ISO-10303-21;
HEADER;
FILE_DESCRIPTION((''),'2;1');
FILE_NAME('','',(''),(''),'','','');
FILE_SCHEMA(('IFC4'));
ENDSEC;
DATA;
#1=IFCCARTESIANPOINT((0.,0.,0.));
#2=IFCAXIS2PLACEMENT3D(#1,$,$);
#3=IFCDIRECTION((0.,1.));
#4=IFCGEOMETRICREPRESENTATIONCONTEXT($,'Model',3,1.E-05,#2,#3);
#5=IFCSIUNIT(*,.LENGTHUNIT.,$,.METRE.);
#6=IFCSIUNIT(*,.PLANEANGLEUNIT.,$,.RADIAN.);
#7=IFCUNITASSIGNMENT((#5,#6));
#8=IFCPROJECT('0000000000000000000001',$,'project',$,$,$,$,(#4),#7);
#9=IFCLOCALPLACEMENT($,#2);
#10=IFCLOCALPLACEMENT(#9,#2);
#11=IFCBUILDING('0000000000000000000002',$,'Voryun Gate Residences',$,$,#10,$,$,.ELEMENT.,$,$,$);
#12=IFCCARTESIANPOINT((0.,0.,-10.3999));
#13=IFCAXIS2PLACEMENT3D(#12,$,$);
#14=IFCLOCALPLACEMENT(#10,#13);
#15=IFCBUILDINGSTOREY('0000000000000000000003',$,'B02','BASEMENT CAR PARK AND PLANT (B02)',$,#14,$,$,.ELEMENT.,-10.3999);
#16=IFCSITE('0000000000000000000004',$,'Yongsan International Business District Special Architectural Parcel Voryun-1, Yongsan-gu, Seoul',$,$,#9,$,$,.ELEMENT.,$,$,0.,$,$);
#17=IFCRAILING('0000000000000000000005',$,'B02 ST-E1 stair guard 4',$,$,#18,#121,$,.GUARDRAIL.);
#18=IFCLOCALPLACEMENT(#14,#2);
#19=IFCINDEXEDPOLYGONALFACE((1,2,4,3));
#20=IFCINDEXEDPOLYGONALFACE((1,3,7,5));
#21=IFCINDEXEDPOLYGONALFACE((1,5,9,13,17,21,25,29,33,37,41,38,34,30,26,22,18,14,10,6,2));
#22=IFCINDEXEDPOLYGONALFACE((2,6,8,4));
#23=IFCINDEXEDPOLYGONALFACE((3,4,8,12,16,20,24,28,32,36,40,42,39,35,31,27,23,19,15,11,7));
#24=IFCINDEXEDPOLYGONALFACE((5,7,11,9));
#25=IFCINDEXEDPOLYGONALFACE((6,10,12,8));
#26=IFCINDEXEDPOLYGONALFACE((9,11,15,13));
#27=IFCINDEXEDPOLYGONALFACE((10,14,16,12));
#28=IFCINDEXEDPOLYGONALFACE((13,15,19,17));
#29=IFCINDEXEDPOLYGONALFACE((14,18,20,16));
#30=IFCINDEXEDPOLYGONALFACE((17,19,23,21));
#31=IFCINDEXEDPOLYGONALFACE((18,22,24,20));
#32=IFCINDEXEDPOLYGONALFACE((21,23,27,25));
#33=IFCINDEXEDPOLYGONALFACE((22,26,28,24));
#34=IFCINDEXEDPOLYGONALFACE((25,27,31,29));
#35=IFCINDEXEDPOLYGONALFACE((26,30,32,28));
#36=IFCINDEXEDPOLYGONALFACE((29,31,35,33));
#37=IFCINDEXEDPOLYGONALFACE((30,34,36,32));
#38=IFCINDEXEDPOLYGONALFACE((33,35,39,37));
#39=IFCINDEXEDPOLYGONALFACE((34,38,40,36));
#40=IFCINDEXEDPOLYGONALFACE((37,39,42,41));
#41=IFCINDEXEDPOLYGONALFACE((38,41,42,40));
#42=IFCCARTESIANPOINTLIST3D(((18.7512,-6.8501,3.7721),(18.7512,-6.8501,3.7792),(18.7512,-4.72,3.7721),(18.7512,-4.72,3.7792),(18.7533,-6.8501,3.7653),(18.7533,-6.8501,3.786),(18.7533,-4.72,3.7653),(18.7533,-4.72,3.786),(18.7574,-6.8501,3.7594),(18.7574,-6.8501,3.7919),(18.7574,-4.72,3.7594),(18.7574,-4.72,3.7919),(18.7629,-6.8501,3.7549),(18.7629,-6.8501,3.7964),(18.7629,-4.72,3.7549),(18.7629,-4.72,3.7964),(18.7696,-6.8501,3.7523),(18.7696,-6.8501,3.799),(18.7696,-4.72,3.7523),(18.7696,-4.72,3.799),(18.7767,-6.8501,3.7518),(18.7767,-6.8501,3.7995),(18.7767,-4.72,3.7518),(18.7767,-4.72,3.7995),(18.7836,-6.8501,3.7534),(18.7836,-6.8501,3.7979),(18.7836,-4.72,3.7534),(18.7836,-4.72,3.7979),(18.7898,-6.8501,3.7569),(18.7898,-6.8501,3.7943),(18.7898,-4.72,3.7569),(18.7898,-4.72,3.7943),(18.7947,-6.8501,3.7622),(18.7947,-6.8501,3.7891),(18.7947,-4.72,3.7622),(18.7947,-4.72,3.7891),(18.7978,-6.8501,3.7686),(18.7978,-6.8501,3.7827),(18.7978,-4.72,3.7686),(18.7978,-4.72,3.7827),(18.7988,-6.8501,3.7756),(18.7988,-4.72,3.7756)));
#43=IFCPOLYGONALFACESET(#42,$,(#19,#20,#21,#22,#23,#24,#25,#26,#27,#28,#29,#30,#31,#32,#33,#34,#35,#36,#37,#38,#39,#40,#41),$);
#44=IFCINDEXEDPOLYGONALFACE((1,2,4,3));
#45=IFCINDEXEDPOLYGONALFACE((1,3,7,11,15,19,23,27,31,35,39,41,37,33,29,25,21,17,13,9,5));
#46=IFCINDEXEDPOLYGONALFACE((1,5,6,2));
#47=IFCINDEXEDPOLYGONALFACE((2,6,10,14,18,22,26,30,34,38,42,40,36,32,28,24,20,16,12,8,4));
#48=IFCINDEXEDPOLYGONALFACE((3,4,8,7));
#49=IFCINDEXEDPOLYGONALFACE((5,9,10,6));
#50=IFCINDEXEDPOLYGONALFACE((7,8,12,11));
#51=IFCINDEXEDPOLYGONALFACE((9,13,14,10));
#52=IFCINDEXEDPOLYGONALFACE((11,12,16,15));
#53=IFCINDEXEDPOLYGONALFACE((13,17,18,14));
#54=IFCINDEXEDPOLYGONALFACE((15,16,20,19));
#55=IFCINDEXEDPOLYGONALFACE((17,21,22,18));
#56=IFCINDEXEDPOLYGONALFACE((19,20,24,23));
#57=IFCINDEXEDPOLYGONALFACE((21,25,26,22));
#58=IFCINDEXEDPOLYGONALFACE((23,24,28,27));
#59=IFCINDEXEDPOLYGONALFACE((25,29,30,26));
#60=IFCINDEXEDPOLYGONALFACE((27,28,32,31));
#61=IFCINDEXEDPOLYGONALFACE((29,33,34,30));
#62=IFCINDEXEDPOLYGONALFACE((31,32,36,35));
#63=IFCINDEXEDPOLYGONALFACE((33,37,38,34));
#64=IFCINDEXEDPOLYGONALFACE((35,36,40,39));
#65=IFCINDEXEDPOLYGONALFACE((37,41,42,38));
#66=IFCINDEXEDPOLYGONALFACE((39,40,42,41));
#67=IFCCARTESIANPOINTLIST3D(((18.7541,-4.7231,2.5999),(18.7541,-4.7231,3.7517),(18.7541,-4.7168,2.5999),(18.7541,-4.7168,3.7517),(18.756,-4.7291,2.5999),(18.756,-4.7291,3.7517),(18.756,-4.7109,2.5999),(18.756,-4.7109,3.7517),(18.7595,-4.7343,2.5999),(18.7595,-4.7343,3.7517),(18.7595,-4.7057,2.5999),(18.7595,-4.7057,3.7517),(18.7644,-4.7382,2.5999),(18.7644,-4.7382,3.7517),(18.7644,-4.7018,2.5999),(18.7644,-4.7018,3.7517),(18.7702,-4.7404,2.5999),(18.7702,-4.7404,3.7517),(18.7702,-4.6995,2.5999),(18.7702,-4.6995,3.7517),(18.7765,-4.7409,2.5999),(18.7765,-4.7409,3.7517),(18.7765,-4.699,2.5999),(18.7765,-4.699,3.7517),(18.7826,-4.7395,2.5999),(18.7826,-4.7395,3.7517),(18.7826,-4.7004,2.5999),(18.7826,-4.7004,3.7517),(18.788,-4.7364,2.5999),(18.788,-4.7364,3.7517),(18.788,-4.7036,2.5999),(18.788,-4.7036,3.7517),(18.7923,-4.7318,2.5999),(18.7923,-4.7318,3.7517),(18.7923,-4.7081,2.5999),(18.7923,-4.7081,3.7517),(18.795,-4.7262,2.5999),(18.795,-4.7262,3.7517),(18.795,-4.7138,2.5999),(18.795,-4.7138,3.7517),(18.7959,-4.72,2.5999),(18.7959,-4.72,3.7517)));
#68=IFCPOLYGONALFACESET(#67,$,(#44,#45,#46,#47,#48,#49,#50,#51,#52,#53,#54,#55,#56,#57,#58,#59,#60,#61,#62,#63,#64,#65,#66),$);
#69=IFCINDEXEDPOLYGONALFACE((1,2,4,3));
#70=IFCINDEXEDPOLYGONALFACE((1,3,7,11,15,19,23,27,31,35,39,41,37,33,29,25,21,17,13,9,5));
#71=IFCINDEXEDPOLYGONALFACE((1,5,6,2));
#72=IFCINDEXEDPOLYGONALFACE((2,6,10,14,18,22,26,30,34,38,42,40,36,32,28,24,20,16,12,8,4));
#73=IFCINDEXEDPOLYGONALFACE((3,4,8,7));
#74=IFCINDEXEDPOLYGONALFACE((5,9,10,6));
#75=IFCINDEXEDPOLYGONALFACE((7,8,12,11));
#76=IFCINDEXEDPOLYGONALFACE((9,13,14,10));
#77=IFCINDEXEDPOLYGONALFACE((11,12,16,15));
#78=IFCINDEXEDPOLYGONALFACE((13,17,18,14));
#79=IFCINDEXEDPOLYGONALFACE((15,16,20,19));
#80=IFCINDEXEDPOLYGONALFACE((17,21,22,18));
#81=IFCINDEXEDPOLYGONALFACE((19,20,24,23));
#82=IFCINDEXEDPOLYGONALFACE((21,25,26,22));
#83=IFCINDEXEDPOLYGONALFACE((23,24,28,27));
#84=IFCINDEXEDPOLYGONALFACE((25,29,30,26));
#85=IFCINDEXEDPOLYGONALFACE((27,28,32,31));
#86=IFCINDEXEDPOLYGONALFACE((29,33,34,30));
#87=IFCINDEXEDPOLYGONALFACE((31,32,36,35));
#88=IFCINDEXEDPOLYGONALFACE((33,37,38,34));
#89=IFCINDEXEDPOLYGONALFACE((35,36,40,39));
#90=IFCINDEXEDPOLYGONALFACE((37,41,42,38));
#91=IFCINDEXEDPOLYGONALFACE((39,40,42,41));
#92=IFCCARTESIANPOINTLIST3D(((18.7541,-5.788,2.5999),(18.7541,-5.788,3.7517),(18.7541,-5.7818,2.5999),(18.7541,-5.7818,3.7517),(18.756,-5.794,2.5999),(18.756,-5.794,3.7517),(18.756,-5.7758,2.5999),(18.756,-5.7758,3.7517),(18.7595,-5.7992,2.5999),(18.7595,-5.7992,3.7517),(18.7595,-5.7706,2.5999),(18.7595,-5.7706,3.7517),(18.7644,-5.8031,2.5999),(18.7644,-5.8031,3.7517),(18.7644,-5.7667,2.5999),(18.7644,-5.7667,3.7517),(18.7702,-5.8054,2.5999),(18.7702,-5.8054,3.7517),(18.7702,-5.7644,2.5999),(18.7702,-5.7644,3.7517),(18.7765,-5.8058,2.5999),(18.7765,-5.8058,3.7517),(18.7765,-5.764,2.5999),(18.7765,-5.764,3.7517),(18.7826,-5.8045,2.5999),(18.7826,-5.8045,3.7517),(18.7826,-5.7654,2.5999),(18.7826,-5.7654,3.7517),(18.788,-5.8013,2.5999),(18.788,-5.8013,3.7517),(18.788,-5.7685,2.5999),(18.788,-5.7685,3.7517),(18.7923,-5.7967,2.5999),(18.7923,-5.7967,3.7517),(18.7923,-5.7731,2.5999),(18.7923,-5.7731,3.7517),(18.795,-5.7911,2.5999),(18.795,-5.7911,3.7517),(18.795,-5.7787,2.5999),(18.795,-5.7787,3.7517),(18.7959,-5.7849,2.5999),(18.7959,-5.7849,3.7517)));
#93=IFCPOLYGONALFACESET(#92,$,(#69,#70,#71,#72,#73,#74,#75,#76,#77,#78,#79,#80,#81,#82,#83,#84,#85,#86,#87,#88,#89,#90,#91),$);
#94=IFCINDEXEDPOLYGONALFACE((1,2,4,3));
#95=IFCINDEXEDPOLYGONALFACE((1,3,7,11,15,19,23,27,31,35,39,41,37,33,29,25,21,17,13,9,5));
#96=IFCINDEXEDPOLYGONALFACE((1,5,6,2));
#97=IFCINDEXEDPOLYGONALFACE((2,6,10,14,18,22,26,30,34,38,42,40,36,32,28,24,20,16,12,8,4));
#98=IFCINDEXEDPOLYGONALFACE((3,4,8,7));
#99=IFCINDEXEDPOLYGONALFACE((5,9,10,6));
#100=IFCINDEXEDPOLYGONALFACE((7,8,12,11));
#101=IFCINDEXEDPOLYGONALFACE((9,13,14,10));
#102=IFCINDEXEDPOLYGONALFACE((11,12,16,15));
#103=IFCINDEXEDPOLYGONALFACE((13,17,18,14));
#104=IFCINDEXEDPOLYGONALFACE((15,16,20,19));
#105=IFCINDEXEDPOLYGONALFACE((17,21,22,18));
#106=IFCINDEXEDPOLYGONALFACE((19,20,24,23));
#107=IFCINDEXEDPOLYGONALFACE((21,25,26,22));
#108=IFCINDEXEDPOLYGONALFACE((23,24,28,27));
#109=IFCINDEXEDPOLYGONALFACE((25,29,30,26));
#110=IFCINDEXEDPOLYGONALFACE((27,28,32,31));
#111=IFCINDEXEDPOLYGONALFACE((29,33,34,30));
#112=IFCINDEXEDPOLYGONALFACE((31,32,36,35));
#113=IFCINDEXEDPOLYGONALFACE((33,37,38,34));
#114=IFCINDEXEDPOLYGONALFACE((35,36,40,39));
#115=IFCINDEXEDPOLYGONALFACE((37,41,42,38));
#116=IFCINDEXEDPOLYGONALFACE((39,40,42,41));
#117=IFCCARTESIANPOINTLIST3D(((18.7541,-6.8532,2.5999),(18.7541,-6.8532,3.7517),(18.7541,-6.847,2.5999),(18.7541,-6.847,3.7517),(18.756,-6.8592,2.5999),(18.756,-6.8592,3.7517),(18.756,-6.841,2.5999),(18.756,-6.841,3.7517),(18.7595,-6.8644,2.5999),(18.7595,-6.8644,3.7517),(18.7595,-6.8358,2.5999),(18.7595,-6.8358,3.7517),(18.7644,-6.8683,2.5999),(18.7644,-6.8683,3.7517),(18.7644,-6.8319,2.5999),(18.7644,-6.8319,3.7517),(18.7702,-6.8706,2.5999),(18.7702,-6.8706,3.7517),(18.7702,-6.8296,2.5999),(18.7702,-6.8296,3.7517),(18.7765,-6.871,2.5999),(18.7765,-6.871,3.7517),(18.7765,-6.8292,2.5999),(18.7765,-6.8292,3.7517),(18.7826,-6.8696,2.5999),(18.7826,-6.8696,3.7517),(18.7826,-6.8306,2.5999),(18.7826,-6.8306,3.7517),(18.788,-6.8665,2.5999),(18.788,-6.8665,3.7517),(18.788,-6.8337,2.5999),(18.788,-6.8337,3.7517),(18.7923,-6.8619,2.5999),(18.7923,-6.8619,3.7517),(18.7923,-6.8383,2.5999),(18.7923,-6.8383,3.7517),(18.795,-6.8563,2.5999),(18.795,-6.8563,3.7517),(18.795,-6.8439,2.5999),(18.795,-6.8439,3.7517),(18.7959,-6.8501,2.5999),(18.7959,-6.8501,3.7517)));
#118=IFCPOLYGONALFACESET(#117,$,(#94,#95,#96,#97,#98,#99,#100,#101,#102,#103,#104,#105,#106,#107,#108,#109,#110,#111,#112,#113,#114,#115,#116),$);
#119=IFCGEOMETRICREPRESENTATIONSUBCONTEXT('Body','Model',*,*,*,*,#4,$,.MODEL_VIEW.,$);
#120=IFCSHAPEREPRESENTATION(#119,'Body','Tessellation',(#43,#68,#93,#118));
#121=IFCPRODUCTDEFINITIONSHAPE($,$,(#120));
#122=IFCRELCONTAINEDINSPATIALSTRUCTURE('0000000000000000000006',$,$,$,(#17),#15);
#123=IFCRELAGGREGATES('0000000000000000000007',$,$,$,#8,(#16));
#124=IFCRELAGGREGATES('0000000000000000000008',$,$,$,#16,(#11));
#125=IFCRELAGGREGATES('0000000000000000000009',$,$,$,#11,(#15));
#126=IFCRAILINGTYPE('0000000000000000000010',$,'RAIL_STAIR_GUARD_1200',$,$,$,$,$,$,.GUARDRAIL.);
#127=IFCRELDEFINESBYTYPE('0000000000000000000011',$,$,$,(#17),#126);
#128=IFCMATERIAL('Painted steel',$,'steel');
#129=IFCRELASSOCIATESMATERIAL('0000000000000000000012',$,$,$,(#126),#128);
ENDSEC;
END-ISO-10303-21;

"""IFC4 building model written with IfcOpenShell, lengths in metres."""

from ifc_helpers import new_model, si_unit, direction, frame, origin, origin_2d, place, context, subcontext, project, spatial, circle, extrude, material, type_object, element, save


model = new_model("IFC4")

# Units and contexts
model_context = context("Model", 3, precision=1e-05, world=origin(), true_north=direction((0.0, 1.0)))
body_context = subcontext(model_context, "Body", "Model", "MODEL_VIEW")
ifc_project = project(units=[si_unit("LENGTHUNIT", "METRE"), si_unit("PLANEANGLEUNIT", "RADIAN")], contexts=[model_context])

# Site, building, storey
site_placement = place(None, origin())
site = spatial("IfcSite", under=ifc_project, at=site_placement, Name="Yongsan International Business District Special Architectural Parcel Voryun-1, Yongsan-gu, Seoul", CompositionType="ELEMENT", RefElevation=0.0)
building_placement = place(site_placement, origin())
building = spatial("IfcBuilding", under=site, at=building_placement, Name="Voryun Gate Residences", CompositionType="ELEMENT")
storey_placement = place(building_placement, frame((0.0, 0.0, -10.3999)))
storey = spatial("IfcBuildingStorey", under=building, at=storey_placement, Name="B02", Description="BASEMENT CAR PARK AND PLANT (B02)", CompositionType="ELEMENT", Elevation=-10.3999)

# Railing
ifc_material_1 = material(Name="Painted steel", Category="steel")
railing_type_1 = type_object("IfcRailingType", Name="RAIL_STAIR_GUARD_1200", PredefinedType="GUARDRAIL", material=ifc_material_1)
for number, where, name in (
    (1, (18.7749, -4.72, 2.5999), "B02 ST-E1 stair guard 4"),
):
    element("IfcRailing", number, at=place(storey_placement, frame(where)), inside=storey, type_object=railing_type_1, Name=name, PredefinedType="GUARDRAIL", context=body_context, shape_type="SweptSolid", body=[
        extrude(circle(Radius=0.0239, at=origin_2d()), frame((0.0, 0.0, 1.1758), z_axis=(0.0, -1.0, 0.0), x_axis=(1.0, 0.0, 0.0)), (0.0, 0.0, 1.0), 2.1301),
        extrude(circle(Radius=0.021, at=origin_2d()), origin(), (0.0, 0.0, 1.0), 1.1519),
        extrude(circle(Radius=0.021, at=origin_2d()), frame((0.0, -1.0649, 0.0)), (0.0, 0.0, 1.0), 1.1519),
        extrude(circle(Radius=0.021, at=origin_2d()), frame((0.0, -2.1301, 0.0)), (0.0, 0.0, 1.0), 1.1519),
    ])

save(model, "model.ifc")
